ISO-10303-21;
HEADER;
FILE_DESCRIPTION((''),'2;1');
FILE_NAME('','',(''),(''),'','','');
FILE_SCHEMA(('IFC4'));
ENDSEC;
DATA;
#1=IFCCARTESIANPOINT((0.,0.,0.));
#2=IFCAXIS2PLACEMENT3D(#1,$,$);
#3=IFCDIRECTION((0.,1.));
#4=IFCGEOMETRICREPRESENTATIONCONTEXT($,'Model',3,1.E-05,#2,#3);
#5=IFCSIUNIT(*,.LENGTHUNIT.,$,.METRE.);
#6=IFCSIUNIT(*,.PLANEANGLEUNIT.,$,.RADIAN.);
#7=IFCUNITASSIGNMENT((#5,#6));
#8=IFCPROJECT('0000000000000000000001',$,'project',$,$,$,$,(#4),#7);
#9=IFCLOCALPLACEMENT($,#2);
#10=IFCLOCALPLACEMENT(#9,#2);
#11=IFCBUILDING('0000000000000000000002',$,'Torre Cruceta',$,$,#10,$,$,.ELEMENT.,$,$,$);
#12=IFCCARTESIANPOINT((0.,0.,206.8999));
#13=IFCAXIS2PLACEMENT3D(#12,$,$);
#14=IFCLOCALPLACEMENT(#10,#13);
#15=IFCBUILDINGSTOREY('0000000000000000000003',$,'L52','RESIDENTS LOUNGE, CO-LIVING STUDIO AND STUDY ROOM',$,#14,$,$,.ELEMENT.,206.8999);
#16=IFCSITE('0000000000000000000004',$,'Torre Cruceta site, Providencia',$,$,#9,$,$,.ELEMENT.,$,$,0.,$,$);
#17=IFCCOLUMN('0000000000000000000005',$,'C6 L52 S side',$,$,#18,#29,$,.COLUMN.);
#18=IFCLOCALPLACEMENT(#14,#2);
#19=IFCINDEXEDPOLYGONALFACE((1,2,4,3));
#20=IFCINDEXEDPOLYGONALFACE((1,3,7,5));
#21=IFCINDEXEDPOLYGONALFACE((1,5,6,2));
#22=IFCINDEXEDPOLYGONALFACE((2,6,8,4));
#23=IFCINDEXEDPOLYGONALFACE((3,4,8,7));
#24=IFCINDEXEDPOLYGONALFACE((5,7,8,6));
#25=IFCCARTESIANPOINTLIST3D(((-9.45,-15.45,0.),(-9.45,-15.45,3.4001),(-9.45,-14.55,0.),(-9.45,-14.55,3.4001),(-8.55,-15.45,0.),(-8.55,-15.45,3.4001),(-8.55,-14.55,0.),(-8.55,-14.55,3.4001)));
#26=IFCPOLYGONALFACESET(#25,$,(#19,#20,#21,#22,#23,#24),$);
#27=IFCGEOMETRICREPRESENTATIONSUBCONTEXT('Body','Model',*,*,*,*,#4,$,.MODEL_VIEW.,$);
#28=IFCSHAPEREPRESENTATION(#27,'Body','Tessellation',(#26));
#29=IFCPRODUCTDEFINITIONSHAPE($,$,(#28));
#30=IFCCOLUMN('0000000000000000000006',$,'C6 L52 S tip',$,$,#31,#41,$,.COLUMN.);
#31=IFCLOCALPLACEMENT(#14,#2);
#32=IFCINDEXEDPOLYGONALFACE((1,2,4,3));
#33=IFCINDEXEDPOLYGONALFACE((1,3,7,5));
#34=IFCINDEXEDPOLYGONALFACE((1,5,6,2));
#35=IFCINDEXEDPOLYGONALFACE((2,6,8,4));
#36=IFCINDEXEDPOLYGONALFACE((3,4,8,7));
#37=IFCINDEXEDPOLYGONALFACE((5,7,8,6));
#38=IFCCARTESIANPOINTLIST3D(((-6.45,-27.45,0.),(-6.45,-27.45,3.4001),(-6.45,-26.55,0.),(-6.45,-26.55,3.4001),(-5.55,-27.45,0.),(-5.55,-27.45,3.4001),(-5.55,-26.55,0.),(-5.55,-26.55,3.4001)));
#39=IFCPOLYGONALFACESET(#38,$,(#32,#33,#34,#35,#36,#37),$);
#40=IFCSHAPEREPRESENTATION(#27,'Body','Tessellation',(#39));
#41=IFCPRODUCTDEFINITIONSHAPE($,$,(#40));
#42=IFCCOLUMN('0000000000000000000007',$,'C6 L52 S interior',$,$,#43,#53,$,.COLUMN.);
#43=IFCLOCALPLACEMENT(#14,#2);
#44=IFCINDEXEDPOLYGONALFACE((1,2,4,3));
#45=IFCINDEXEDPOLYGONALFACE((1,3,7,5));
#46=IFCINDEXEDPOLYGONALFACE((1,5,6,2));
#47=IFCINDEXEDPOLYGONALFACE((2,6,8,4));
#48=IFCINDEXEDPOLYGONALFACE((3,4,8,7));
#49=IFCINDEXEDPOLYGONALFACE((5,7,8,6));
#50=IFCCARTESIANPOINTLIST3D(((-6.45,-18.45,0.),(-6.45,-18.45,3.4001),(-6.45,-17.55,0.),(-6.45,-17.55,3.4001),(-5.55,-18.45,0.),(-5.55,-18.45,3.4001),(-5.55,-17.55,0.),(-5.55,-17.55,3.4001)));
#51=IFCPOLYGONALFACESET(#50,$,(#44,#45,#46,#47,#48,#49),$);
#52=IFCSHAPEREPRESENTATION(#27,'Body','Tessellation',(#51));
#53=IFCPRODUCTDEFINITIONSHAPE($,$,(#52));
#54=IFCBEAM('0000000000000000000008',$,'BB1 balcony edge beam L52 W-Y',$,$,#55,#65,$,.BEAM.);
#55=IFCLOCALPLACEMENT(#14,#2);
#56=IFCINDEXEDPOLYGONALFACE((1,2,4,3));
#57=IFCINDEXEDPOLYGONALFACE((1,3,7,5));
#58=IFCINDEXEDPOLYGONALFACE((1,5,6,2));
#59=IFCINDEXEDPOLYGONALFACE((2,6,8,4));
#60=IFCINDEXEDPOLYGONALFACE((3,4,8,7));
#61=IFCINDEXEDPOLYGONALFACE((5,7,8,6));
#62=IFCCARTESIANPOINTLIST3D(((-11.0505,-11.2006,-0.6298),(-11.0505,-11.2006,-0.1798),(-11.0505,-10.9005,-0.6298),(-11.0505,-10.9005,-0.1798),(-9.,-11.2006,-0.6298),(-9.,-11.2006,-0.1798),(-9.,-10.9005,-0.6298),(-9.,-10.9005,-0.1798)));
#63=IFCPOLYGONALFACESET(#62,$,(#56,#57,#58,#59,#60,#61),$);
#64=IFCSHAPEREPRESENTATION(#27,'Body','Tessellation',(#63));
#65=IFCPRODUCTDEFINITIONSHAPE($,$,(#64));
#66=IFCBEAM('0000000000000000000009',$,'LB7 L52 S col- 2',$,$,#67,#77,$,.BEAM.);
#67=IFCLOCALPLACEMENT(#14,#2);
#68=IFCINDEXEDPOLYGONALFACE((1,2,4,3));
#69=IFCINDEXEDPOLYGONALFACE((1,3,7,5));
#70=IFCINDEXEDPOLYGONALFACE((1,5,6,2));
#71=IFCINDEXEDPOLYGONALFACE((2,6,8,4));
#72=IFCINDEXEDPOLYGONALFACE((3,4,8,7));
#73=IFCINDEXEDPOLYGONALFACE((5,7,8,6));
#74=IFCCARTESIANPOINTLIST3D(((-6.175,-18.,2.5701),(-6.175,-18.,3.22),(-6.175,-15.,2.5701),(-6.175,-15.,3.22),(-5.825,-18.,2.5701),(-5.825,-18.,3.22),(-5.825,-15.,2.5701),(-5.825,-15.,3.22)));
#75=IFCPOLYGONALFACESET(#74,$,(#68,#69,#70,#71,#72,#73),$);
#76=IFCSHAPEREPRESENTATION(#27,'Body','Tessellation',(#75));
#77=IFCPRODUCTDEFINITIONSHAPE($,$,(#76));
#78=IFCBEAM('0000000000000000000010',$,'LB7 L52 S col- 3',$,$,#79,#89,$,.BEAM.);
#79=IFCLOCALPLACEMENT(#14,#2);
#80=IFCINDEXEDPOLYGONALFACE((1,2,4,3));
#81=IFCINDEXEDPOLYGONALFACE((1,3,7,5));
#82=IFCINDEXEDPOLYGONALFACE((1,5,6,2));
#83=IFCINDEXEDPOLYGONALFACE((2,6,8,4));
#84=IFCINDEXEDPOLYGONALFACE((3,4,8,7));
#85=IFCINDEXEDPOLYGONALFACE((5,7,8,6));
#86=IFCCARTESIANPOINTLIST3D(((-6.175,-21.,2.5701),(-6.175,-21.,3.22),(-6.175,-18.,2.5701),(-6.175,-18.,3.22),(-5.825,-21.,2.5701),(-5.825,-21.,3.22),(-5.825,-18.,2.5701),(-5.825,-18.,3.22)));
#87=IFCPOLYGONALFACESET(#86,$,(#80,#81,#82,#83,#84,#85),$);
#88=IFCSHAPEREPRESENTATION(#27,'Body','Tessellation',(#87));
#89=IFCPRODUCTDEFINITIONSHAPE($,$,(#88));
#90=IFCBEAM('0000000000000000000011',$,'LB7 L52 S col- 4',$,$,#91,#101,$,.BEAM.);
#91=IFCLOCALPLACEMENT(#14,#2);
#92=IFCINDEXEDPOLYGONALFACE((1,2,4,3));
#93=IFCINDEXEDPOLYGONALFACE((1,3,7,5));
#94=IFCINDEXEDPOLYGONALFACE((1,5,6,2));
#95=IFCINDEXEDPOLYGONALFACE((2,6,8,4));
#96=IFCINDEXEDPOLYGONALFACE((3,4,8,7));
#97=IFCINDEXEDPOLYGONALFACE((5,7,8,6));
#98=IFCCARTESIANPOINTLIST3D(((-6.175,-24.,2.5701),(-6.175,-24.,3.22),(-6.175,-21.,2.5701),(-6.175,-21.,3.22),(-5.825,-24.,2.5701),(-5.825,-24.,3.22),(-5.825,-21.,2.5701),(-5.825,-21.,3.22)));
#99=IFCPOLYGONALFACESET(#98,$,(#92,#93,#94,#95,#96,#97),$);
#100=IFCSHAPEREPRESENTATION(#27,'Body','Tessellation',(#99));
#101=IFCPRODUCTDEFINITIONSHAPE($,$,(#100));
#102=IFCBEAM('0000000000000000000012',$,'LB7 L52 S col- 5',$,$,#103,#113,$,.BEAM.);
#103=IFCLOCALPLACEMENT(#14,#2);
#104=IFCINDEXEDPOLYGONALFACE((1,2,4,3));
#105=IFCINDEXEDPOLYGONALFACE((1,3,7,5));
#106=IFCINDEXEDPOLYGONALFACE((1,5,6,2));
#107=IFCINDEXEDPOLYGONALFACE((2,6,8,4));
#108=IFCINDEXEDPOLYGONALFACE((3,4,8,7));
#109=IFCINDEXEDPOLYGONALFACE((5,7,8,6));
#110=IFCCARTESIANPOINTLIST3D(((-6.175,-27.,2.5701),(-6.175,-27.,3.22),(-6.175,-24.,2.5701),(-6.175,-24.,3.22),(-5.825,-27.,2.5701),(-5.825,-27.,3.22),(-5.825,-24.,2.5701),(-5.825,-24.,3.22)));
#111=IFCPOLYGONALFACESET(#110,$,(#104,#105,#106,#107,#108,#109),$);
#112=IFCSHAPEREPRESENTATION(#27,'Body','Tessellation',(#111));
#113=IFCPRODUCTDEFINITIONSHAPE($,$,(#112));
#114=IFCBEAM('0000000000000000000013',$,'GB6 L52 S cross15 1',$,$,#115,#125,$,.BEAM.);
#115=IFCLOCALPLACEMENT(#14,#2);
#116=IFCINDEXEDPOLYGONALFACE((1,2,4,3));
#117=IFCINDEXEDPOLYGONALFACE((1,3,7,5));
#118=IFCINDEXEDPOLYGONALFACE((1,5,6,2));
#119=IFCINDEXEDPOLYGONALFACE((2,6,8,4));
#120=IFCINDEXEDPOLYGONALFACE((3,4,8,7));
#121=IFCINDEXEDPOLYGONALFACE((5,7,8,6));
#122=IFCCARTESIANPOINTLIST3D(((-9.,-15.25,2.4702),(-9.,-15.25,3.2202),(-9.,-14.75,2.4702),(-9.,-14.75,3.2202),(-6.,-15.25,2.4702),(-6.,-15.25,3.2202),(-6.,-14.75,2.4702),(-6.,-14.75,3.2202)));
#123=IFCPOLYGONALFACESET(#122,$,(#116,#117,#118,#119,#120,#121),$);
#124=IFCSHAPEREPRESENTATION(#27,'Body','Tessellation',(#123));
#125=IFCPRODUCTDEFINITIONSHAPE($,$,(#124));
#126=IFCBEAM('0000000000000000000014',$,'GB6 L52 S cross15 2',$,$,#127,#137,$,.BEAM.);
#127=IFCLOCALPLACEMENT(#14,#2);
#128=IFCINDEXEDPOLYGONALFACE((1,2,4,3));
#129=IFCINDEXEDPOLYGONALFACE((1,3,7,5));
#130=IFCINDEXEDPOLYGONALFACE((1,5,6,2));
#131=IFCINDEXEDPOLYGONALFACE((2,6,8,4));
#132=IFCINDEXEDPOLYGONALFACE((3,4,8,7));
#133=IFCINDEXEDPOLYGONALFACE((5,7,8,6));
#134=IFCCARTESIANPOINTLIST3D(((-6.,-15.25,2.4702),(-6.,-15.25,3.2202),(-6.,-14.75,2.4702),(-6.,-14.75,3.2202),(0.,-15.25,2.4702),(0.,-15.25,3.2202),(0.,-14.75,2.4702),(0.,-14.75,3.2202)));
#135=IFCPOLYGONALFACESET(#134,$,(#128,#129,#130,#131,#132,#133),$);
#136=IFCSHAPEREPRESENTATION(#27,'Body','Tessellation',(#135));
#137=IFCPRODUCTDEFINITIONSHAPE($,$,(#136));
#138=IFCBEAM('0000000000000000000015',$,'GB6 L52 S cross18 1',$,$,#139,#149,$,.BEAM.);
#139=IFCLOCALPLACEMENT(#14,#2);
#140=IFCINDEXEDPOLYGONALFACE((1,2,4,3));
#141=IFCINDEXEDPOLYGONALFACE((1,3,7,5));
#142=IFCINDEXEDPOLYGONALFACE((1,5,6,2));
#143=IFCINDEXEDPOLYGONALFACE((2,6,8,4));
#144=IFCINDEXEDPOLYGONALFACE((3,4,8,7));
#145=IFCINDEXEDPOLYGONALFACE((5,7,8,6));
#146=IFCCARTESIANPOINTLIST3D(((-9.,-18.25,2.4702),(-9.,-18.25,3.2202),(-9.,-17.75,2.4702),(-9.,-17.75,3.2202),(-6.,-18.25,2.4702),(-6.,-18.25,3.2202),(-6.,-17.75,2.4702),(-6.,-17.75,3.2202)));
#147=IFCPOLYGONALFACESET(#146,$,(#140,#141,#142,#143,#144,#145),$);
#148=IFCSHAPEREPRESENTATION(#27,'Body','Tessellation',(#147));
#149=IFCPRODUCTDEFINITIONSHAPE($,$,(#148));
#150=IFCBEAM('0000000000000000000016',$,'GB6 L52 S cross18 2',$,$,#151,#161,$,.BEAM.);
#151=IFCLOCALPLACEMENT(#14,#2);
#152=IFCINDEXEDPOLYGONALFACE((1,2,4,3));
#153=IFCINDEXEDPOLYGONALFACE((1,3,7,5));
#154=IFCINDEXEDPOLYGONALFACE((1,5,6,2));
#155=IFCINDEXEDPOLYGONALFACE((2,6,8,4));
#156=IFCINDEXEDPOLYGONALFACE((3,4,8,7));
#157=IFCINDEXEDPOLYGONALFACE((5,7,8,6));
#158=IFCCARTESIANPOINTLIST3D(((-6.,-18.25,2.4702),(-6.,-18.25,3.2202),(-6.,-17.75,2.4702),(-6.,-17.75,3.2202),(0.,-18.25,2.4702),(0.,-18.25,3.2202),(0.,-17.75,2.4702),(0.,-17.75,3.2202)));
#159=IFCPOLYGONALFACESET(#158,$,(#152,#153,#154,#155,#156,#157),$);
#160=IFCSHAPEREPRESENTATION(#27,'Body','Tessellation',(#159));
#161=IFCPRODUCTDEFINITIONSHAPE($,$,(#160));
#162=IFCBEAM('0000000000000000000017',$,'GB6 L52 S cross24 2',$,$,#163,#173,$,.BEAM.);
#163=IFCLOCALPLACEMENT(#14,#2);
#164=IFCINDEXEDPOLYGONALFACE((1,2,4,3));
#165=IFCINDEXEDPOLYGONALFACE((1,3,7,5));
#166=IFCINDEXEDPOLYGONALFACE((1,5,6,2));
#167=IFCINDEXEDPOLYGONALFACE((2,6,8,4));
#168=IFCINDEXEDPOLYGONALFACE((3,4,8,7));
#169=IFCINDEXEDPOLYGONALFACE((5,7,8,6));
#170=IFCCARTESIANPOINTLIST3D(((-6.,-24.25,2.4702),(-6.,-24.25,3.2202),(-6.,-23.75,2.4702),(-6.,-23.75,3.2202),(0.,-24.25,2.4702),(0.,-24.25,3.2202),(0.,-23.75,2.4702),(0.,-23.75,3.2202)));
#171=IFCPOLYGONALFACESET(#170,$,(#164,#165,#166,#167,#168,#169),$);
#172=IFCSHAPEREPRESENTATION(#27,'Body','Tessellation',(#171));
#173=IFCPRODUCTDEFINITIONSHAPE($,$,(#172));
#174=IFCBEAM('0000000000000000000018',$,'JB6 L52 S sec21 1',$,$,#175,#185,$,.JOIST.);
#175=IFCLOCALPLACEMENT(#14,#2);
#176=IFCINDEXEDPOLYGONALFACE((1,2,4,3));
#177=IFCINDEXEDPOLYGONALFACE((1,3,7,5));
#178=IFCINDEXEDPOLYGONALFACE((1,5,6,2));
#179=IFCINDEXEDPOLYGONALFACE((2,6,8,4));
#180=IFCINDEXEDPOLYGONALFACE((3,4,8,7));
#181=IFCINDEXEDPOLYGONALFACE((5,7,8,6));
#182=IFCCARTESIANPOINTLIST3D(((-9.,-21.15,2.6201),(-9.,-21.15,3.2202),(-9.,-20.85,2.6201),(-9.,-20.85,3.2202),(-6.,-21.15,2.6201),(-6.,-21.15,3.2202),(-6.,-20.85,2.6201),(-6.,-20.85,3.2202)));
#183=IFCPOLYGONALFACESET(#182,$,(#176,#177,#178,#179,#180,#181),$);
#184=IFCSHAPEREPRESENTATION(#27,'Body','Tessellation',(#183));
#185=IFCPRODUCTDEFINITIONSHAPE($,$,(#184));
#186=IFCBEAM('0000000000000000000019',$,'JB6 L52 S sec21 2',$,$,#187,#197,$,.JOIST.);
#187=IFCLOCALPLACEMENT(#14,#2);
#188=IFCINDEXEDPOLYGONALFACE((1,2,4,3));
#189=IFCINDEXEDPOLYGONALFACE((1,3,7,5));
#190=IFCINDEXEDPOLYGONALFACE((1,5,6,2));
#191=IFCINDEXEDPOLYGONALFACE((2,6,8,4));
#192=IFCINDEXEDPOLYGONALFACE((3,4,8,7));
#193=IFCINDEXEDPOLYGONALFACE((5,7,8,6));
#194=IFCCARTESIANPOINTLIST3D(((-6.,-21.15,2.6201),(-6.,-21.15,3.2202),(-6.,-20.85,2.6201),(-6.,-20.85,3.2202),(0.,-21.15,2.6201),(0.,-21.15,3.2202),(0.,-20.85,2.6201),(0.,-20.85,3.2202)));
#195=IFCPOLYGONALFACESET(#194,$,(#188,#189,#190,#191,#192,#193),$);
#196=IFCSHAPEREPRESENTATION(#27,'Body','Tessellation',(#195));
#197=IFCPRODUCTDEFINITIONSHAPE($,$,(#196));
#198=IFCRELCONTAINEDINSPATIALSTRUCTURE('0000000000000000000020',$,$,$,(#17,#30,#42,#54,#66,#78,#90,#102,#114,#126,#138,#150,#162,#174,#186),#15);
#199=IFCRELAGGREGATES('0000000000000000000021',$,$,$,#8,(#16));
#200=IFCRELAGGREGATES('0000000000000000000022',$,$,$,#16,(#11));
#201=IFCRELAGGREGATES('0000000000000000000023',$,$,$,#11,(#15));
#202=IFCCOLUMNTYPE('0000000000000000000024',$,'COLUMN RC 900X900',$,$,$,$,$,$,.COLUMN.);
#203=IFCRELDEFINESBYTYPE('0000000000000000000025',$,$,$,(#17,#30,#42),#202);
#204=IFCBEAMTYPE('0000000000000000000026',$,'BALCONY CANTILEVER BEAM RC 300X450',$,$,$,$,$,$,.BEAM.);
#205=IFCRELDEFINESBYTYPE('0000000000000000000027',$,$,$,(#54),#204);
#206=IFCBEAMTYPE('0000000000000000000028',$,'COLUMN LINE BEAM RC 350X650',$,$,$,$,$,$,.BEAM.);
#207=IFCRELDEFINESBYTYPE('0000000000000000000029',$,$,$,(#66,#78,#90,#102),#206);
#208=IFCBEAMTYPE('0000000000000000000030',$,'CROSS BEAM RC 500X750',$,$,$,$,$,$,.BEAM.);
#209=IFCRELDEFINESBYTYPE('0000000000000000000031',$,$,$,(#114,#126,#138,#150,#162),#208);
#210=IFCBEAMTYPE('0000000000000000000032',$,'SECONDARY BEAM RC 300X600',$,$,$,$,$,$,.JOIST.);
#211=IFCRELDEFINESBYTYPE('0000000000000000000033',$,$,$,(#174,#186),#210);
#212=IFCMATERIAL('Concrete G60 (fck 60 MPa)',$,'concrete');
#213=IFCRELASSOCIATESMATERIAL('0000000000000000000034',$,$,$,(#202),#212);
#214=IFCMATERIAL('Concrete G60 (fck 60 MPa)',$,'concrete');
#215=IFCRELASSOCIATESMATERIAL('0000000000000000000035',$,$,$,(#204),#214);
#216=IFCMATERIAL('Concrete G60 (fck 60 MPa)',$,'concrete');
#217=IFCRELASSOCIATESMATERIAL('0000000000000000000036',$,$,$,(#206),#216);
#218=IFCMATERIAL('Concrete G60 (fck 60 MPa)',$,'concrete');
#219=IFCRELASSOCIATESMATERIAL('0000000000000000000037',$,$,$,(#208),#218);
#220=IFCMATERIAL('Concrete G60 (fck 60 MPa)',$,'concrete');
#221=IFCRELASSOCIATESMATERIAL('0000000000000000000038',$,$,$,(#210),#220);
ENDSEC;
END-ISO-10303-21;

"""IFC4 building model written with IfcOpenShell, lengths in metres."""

from ifc_helpers import new_model, si_unit, direction, frame, origin, origin_2d, place, context, subcontext, project, spatial, rectangle, extrude, material, material_profile, profile_set, type_object, element, save


model = new_model("IFC4")

# Units and contexts
model_context = context("Model", 3, precision=1e-05, world=origin(), true_north=direction((0.0, 1.0)))
body_context = subcontext(model_context, "Body", "Model", "MODEL_VIEW")
ifc_project = project(units=[si_unit("LENGTHUNIT", "METRE"), si_unit("PLANEANGLEUNIT", "RADIAN")], contexts=[model_context])

# Site, building, storey
site_placement = place(None, origin())
site = spatial("IfcSite", under=ifc_project, at=site_placement, Name="Torre Cruceta site, Providencia", CompositionType="ELEMENT", RefElevation=0.0)
building_placement = place(site_placement, origin())
building = spatial("IfcBuilding", under=site, at=building_placement, Name="Torre Cruceta", CompositionType="ELEMENT")
storey_placement = place(building_placement, frame((0.0, 0.0, 206.8999)))
storey = spatial("IfcBuildingStorey", under=building, at=storey_placement, Name="L52", Description="RESIDENTS LOUNGE, CO-LIVING STUDIO AND STUDY ROOM", CompositionType="ELEMENT", Elevation=206.8999)

# Columns
ifc_material_1 = material(Name="Concrete G60 (fck 60 MPa)", Category="concrete")
ifc_material_profile_1 = material_profile(ifc_material_1, rectangle(XDim=0.8999, YDim=0.8999, at=origin_2d()), Name="RC 900X900")
ifc_profile_set_1 = profile_set([ifc_material_profile_1], Name="Concrete G60 (fck 60 MPa)")
column_type = type_object("IfcColumnType", Name="COLUMN RC 900X900", PredefinedType="COLUMN", material=ifc_profile_set_1)
for number, where, z_axis, x_axis, name in (
    (1, (-9.0, -15.0, 0.0), (0.0, 0.0, 1.0), (1.0, 0.0, 0.0), "C6 L52 S side"),
    (2, (-6.0, -27.0, 0.0), (0.0, 0.0, 1.0), (1.0, 0.0, 0.0), "C6 L52 S tip"),
    (3, (-6.0, -18.0, 0.0), (0.0, 0.0, 1.0), (1.0, 0.0, 0.0), "C6 L52 S interior"),
):
    element("IfcColumn", number, at=place(storey_placement, frame(where, z_axis=z_axis, x_axis=x_axis)), inside=storey, type_object=column_type, Name=name, PredefinedType="COLUMN", context=body_context, shape_type="SweptSolid", body=[
        extrude(rectangle(XDim=0.8999, YDim=0.8999, at=origin_2d()), origin(), (0.0, 0.0, 1.0), 3.4001),
    ])

# Beams
ifc_material_2 = material(Name="Concrete G60 (fck 60 MPa)", Category="concrete")
ifc_material_profile_2 = material_profile(ifc_material_2, rectangle(XDim=0.3, YDim=0.45, at=origin_2d()), Name="RC 300X450")
ifc_profile_set_2 = profile_set([ifc_material_profile_2], Name="Concrete G60 (fck 60 MPa)")
beam_type_1 = type_object("IfcBeamType", Name="BALCONY CANTILEVER BEAM RC 300X450", PredefinedType="BEAM", material=ifc_profile_set_2)
beam_1_placement = place(storey_placement, frame((-9.0, -11.0505, -0.4048), z_axis=(-1.0, 0.0, 0.0), x_axis=(0.0, -1.0, 0.0)))
element("IfcBeam", 4, at=beam_1_placement, inside=storey, type_object=beam_type_1, Name="BB1 balcony edge beam L52 W-Y", PredefinedType="BEAM", context=body_context, shape_type="SweptSolid", body=[
    extrude(rectangle(XDim=0.3, YDim=0.45, at=origin_2d()), origin(), (0.0, 0.0, 1.0), 2.0505),
])
ifc_material_3 = material(Name="Concrete G60 (fck 60 MPa)", Category="concrete")
ifc_material_profile_3 = material_profile(ifc_material_3, rectangle(XDim=0.3501, YDim=0.6499, at=origin_2d()), Name="RC 350X650")
ifc_profile_set_3 = profile_set([ifc_material_profile_3], Name="Concrete G60 (fck 60 MPa)")
beam_type_2 = type_object("IfcBeamType", Name="COLUMN LINE BEAM RC 350X650", PredefinedType="BEAM", material=ifc_profile_set_3)
for number, where, z_axis, x_axis, name in (
    (5, (-6.0, -15.0, 2.895), (0.0, -1.0, 0.0), (1.0, 0.0, 0.0), "LB7 L52 S col- 2"),
    (6, (-6.0, -18.0, 2.895), (0.0, -1.0, 0.0), (1.0, 0.0, 0.0), "LB7 L52 S col- 3"),
    (7, (-6.0, -21.0, 2.895), (0.0, -1.0, 0.0), (1.0, 0.0, 0.0), "LB7 L52 S col- 4"),
    (8, (-6.0, -24.0, 2.895), (0.0, -1.0, 0.0), (1.0, 0.0, 0.0), "LB7 L52 S col- 5"),
):
    element("IfcBeam", number, at=place(storey_placement, frame(where, z_axis=z_axis, x_axis=x_axis)), inside=storey, type_object=beam_type_2, Name=name, PredefinedType="BEAM", context=body_context, shape_type="SweptSolid", body=[
        extrude(rectangle(XDim=0.3501, YDim=0.6499, at=origin_2d()), origin(), (0.0, 0.0, 1.0), 3.0),
    ])
ifc_material_4 = material(Name="Concrete G60 (fck 60 MPa)", Category="concrete")
ifc_material_profile_4 = material_profile(ifc_material_4, rectangle(XDim=0.5, YDim=0.75, at=origin_2d()), Name="RC 500X750")
ifc_profile_set_4 = profile_set([ifc_material_profile_4], Name="Concrete G60 (fck 60 MPa)")
beam_type_3 = type_object("IfcBeamType", Name="CROSS BEAM RC 500X750", PredefinedType="BEAM", material=ifc_profile_set_4)
beam_2_placement = place(storey_placement, frame((-9.0, -15.0, 2.8452), z_axis=(1.0, 0.0, 0.0), x_axis=(0.0, 1.0, 0.0)))
element("IfcBeam", 9, at=beam_2_placement, inside=storey, type_object=beam_type_3, Name="GB6 L52 S cross15 1", PredefinedType="BEAM", context=body_context, shape_type="SweptSolid", body=[
    extrude(rectangle(XDim=0.5, YDim=0.75, at=origin_2d()), origin(), (0.0, 0.0, 1.0), 3.0),
])
beam_3_placement = place(storey_placement, frame((-6.0, -15.0, 2.8452), z_axis=(1.0, 0.0, 0.0), x_axis=(0.0, 1.0, 0.0)))
element("IfcBeam", 10, at=beam_3_placement, inside=storey, type_object=beam_type_3, Name="GB6 L52 S cross15 2", PredefinedType="BEAM", context=body_context, shape_type="SweptSolid", body=[
    extrude(rectangle(XDim=0.5, YDim=0.75, at=origin_2d()), origin(), (0.0, 0.0, 1.0), 6.0),
])
beam_4_placement = place(storey_placement, frame((-9.0, -18.0, 2.8452), z_axis=(1.0, 0.0, 0.0), x_axis=(0.0, 1.0, 0.0)))
element("IfcBeam", 11, at=beam_4_placement, inside=storey, type_object=beam_type_3, Name="GB6 L52 S cross18 1", PredefinedType="BEAM", context=body_context, shape_type="SweptSolid", body=[
    extrude(rectangle(XDim=0.5, YDim=0.75, at=origin_2d()), origin(), (0.0, 0.0, 1.0), 3.0),
])
for number, where, z_axis, x_axis, name in (
    (12, (-6.0, -18.0, 2.8452), (1.0, 0.0, 0.0), (0.0, 1.0, 0.0), "GB6 L52 S cross18 2"),
    (13, (-6.0, -24.0, 2.8452), (1.0, 0.0, 0.0), (0.0, 1.0, 0.0), "GB6 L52 S cross24 2"),
):
    element("IfcBeam", number, at=place(storey_placement, frame(where, z_axis=z_axis, x_axis=x_axis)), inside=storey, type_object=beam_type_3, Name=name, PredefinedType="BEAM", context=body_context, shape_type="SweptSolid", body=[
        extrude(rectangle(XDim=0.5, YDim=0.75, at=origin_2d()), origin(), (0.0, 0.0, 1.0), 6.0),
    ])
ifc_material_5 = material(Name="Concrete G60 (fck 60 MPa)", Category="concrete")
ifc_material_profile_5 = material_profile(ifc_material_5, rectangle(XDim=0.3, YDim=0.6001, at=origin_2d()), Name="RC 300X600")
ifc_profile_set_5 = profile_set([ifc_material_profile_5], Name="Concrete G60 (fck 60 MPa)")
beam_type_4 = type_object("IfcBeamType", Name="SECONDARY BEAM RC 300X600", PredefinedType="JOIST", material=ifc_profile_set_5)
beam_5_placement = place(storey_placement, frame((-9.0, -21.0, 2.9202), z_axis=(1.0, 0.0, 0.0), x_axis=(0.0, 1.0, 0.0)))
element("IfcBeam", 14, at=beam_5_placement, inside=storey, type_object=beam_type_4, Name="JB6 L52 S sec21 1", PredefinedType="JOIST", context=body_context, shape_type="SweptSolid", body=[
    extrude(rectangle(XDim=0.3, YDim=0.6001, at=origin_2d()), origin(), (0.0, 0.0, 1.0), 3.0),
])
beam_6_placement = place(storey_placement, frame((-6.0, -21.0, 2.9202), z_axis=(1.0, 0.0, 0.0), x_axis=(0.0, 1.0, 0.0)))
element("IfcBeam", 15, at=beam_6_placement, inside=storey, type_object=beam_type_4, Name="JB6 L52 S sec21 2", PredefinedType="JOIST", context=body_context, shape_type="SweptSolid", body=[
    extrude(rectangle(XDim=0.3, YDim=0.6001, at=origin_2d()), origin(), (0.0, 0.0, 1.0), 6.0),
])

save(model, "model.ifc")
